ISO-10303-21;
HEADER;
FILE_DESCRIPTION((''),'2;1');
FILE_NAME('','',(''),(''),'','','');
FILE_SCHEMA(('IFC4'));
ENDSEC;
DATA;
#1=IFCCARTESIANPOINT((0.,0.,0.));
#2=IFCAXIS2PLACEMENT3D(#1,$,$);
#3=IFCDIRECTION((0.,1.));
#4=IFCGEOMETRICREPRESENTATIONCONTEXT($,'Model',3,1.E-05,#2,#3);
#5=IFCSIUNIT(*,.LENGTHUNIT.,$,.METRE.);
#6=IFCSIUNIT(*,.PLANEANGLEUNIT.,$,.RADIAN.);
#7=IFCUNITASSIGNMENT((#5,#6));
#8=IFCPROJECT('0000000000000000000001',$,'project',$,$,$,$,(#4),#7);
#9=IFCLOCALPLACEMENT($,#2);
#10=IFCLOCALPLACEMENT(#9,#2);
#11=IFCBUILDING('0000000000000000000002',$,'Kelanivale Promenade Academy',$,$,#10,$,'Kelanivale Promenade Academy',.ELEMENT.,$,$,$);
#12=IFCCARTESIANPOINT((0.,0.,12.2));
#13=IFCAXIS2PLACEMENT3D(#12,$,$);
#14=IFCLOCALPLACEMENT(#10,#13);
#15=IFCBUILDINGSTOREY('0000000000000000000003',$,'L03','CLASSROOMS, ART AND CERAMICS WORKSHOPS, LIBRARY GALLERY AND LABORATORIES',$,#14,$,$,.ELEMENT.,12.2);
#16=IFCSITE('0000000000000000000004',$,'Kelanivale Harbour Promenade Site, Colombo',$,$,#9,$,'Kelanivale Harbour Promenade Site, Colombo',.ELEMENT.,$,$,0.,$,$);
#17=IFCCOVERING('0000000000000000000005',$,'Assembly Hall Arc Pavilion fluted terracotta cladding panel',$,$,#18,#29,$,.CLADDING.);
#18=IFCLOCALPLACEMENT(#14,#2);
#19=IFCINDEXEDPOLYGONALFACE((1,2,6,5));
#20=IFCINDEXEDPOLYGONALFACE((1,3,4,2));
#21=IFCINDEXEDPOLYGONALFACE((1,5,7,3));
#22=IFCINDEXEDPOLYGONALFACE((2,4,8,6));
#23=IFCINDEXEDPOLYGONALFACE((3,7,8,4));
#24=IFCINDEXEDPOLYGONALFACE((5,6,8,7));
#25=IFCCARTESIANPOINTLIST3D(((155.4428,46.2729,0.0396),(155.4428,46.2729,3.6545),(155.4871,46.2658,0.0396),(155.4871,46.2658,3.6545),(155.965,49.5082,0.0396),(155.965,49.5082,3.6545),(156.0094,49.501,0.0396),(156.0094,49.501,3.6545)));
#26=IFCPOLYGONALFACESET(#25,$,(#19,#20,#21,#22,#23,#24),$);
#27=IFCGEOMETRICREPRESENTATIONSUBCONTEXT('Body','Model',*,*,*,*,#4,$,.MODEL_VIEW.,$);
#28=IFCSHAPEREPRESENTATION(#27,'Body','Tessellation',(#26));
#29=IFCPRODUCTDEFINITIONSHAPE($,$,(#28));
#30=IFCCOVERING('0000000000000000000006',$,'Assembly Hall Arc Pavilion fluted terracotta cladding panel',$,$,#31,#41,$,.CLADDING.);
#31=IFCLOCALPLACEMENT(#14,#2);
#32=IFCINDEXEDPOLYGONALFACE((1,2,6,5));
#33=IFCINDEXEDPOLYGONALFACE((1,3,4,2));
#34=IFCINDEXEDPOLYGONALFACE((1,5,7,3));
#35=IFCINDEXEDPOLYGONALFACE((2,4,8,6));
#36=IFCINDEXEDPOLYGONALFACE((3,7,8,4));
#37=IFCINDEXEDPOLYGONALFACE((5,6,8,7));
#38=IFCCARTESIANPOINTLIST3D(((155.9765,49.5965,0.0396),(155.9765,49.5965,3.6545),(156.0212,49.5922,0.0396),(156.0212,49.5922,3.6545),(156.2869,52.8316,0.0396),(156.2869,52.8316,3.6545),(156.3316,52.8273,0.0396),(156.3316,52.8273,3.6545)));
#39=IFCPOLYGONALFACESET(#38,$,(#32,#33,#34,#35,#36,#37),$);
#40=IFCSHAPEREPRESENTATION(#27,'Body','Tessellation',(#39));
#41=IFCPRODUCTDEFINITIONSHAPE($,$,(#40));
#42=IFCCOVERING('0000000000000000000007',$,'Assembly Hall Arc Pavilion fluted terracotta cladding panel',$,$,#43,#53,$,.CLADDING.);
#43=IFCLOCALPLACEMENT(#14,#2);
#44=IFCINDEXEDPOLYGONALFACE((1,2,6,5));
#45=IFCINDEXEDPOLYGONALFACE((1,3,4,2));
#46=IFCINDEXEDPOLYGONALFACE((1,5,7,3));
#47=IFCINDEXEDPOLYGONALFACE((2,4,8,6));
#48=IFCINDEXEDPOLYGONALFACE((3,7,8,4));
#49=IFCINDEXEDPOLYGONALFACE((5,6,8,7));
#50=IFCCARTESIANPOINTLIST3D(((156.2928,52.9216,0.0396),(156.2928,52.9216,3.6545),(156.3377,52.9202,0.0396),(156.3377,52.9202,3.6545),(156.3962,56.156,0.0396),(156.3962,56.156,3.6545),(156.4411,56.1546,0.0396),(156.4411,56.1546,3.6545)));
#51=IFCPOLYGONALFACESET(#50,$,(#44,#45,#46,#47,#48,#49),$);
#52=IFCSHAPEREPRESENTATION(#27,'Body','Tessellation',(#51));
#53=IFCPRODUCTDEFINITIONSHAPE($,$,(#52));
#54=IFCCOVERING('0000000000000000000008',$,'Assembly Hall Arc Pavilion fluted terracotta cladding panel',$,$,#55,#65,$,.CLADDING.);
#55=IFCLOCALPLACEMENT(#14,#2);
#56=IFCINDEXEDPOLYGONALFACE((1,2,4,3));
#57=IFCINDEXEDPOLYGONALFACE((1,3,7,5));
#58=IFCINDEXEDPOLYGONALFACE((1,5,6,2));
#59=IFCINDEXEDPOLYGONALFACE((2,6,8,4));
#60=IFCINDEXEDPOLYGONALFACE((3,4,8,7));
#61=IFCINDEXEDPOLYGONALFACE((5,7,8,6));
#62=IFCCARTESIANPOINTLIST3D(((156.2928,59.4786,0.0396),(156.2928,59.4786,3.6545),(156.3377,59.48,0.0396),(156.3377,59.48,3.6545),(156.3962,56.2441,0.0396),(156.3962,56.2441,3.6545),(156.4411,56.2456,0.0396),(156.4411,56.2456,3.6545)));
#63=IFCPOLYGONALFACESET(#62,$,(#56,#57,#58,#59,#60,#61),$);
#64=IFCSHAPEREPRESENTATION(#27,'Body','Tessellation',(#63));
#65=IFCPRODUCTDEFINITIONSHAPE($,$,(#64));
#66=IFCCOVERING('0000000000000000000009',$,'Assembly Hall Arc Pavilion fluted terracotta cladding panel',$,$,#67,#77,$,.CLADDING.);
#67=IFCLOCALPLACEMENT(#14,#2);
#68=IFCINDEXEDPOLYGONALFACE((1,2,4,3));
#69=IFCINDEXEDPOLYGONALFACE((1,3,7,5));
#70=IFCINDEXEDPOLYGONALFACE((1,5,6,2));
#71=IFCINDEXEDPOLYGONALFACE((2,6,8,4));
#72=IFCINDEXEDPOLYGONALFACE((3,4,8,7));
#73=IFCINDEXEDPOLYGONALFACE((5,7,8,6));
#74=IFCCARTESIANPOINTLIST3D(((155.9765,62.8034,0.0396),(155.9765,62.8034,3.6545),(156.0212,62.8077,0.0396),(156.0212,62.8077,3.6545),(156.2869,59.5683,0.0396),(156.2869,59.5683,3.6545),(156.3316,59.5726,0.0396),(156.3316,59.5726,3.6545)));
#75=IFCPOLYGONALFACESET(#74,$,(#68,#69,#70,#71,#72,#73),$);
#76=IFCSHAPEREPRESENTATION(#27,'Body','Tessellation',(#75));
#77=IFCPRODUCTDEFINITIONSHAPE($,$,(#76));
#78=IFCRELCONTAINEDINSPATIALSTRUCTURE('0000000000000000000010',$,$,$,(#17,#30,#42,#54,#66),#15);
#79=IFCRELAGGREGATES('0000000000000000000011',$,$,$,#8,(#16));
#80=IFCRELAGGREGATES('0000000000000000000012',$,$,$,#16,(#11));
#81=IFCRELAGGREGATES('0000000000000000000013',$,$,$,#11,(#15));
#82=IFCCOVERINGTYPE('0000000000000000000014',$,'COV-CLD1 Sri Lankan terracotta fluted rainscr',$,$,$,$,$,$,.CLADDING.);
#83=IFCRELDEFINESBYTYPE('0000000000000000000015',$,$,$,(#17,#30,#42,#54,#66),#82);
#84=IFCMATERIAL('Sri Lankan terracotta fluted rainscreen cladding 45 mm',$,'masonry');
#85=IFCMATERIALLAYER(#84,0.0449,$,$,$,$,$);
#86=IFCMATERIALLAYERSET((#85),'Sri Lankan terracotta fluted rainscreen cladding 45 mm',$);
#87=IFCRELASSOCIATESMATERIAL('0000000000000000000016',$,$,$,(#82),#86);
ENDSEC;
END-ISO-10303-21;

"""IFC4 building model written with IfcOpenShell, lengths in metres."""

from ifc_helpers import new_model, si_unit, direction, frame, origin, origin_2d, place, context, subcontext, project, spatial, rectangle, extrude, material, layer, layer_set, type_object, element, save


model = new_model("IFC4")

# Units and contexts
model_context = context("Model", 3, precision=1e-05, world=origin(), true_north=direction((0.0, 1.0)))
body_context = subcontext(model_context, "Body", "Model", "MODEL_VIEW")
ifc_project = project(units=[si_unit("LENGTHUNIT", "METRE"), si_unit("PLANEANGLEUNIT", "RADIAN")], contexts=[model_context])

# Site, building, storey
site_placement = place(None, origin())
site = spatial("IfcSite", under=ifc_project, at=site_placement, Name="Kelanivale Harbour Promenade Site, Colombo", LongName="Kelanivale Harbour Promenade Site, Colombo", CompositionType="ELEMENT", RefElevation=0.0)
building_placement = place(site_placement, origin())
building = spatial("IfcBuilding", under=site, at=building_placement, Name="Kelanivale Promenade Academy", LongName="Kelanivale Promenade Academy", CompositionType="ELEMENT")
storey_placement = place(building_placement, frame((0.0, 0.0, 12.2)))
storey = spatial("IfcBuildingStorey", under=building, at=storey_placement, Name="L03", Description="CLASSROOMS, ART AND CERAMICS WORKSHOPS, LIBRARY GALLERY AND LABORATORIES", CompositionType="ELEMENT", Elevation=12.2)

# Coverings
ifc_material_1 = material(Name="Sri Lankan terracotta fluted rainscreen cladding 45 mm", Category="masonry")
ifc_layer_1 = layer(ifc_material_1, 0.0449)
ifc_layer_set_1 = layer_set([ifc_layer_1], Name="Sri Lankan terracotta fluted rainscreen cladding 45 mm")
covering_type = type_object("IfcCoveringType", Name="COV-CLD1 Sri Lankan terracotta fluted rainscr", PredefinedType="CLADDING", material=ifc_layer_set_1)
covering_1_placement = place(storey_placement, frame((155.7261, 47.887, 0.0396), z_axis=(0.0, 0.0, 1.0), x_axis=(0.159364, 0.98722, 0.0)))
element("IfcCovering", 1, at=covering_1_placement, inside=storey, type_object=covering_type, Name="Assembly Hall Arc Pavilion fluted terracotta cladding panel", PredefinedType="CLADDING", context=body_context, shape_type="SweptSolid", body=[
    extrude(rectangle(XDim=3.2771, YDim=0.0449, at=origin_2d()), origin(), (0.0, 0.0, 1.0), 3.615),
])
covering_2_placement = place(storey_placement, frame((156.1541, 51.2119, 0.0396), z_axis=(0.0, 0.0, 1.0), x_axis=(0.095498, 0.99543, 0.0)))
element("IfcCovering", 2, at=covering_2_placement, inside=storey, type_object=covering_type, Name="Assembly Hall Arc Pavilion fluted terracotta cladding panel", PredefinedType="CLADDING", context=body_context, shape_type="SweptSolid", body=[
    extrude(rectangle(XDim=3.25, YDim=0.0449, at=origin_2d()), origin(), (0.0, 0.0, 1.0), 3.615),
])
for number, where, z_axis, x_axis, name in (
    (3, (156.3669, 54.5381, 0.0396), (0.0, 0.0, 1.0), (0.031934, 0.99949, 0.0), "Assembly Hall Arc Pavilion fluted terracotta cladding panel"),
    (4, (156.3669, 57.8621, 0.0396), (0.0, 0.0, 1.0), (-0.031934, 0.99949, 0.0), "Assembly Hall Arc Pavilion fluted terracotta cladding panel"),
):
    element("IfcCovering", number, at=place(storey_placement, frame(where, z_axis=z_axis, x_axis=x_axis)), inside=storey, type_object=covering_type, Name=name, PredefinedType="CLADDING", context=body_context, shape_type="SweptSolid", body=[
        extrude(rectangle(XDim=3.2361, YDim=0.0449, at=origin_2d()), origin(), (0.0, 0.0, 1.0), 3.615),
    ])
covering_3_placement = place(storey_placement, frame((156.1541, 61.188, 0.0396), z_axis=(0.0, 0.0, 1.0), x_axis=(-0.095498, 0.99543, 0.0)))
element("IfcCovering", 5, at=covering_3_placement, inside=storey, type_object=covering_type, Name="Assembly Hall Arc Pavilion fluted terracotta cladding panel", PredefinedType="CLADDING", context=body_context, shape_type="SweptSolid", body=[
    extrude(rectangle(XDim=3.25, YDim=0.0449, at=origin_2d()), origin(), (0.0, 0.0, 1.0), 3.615),
])

save(model, "model.ifc")
